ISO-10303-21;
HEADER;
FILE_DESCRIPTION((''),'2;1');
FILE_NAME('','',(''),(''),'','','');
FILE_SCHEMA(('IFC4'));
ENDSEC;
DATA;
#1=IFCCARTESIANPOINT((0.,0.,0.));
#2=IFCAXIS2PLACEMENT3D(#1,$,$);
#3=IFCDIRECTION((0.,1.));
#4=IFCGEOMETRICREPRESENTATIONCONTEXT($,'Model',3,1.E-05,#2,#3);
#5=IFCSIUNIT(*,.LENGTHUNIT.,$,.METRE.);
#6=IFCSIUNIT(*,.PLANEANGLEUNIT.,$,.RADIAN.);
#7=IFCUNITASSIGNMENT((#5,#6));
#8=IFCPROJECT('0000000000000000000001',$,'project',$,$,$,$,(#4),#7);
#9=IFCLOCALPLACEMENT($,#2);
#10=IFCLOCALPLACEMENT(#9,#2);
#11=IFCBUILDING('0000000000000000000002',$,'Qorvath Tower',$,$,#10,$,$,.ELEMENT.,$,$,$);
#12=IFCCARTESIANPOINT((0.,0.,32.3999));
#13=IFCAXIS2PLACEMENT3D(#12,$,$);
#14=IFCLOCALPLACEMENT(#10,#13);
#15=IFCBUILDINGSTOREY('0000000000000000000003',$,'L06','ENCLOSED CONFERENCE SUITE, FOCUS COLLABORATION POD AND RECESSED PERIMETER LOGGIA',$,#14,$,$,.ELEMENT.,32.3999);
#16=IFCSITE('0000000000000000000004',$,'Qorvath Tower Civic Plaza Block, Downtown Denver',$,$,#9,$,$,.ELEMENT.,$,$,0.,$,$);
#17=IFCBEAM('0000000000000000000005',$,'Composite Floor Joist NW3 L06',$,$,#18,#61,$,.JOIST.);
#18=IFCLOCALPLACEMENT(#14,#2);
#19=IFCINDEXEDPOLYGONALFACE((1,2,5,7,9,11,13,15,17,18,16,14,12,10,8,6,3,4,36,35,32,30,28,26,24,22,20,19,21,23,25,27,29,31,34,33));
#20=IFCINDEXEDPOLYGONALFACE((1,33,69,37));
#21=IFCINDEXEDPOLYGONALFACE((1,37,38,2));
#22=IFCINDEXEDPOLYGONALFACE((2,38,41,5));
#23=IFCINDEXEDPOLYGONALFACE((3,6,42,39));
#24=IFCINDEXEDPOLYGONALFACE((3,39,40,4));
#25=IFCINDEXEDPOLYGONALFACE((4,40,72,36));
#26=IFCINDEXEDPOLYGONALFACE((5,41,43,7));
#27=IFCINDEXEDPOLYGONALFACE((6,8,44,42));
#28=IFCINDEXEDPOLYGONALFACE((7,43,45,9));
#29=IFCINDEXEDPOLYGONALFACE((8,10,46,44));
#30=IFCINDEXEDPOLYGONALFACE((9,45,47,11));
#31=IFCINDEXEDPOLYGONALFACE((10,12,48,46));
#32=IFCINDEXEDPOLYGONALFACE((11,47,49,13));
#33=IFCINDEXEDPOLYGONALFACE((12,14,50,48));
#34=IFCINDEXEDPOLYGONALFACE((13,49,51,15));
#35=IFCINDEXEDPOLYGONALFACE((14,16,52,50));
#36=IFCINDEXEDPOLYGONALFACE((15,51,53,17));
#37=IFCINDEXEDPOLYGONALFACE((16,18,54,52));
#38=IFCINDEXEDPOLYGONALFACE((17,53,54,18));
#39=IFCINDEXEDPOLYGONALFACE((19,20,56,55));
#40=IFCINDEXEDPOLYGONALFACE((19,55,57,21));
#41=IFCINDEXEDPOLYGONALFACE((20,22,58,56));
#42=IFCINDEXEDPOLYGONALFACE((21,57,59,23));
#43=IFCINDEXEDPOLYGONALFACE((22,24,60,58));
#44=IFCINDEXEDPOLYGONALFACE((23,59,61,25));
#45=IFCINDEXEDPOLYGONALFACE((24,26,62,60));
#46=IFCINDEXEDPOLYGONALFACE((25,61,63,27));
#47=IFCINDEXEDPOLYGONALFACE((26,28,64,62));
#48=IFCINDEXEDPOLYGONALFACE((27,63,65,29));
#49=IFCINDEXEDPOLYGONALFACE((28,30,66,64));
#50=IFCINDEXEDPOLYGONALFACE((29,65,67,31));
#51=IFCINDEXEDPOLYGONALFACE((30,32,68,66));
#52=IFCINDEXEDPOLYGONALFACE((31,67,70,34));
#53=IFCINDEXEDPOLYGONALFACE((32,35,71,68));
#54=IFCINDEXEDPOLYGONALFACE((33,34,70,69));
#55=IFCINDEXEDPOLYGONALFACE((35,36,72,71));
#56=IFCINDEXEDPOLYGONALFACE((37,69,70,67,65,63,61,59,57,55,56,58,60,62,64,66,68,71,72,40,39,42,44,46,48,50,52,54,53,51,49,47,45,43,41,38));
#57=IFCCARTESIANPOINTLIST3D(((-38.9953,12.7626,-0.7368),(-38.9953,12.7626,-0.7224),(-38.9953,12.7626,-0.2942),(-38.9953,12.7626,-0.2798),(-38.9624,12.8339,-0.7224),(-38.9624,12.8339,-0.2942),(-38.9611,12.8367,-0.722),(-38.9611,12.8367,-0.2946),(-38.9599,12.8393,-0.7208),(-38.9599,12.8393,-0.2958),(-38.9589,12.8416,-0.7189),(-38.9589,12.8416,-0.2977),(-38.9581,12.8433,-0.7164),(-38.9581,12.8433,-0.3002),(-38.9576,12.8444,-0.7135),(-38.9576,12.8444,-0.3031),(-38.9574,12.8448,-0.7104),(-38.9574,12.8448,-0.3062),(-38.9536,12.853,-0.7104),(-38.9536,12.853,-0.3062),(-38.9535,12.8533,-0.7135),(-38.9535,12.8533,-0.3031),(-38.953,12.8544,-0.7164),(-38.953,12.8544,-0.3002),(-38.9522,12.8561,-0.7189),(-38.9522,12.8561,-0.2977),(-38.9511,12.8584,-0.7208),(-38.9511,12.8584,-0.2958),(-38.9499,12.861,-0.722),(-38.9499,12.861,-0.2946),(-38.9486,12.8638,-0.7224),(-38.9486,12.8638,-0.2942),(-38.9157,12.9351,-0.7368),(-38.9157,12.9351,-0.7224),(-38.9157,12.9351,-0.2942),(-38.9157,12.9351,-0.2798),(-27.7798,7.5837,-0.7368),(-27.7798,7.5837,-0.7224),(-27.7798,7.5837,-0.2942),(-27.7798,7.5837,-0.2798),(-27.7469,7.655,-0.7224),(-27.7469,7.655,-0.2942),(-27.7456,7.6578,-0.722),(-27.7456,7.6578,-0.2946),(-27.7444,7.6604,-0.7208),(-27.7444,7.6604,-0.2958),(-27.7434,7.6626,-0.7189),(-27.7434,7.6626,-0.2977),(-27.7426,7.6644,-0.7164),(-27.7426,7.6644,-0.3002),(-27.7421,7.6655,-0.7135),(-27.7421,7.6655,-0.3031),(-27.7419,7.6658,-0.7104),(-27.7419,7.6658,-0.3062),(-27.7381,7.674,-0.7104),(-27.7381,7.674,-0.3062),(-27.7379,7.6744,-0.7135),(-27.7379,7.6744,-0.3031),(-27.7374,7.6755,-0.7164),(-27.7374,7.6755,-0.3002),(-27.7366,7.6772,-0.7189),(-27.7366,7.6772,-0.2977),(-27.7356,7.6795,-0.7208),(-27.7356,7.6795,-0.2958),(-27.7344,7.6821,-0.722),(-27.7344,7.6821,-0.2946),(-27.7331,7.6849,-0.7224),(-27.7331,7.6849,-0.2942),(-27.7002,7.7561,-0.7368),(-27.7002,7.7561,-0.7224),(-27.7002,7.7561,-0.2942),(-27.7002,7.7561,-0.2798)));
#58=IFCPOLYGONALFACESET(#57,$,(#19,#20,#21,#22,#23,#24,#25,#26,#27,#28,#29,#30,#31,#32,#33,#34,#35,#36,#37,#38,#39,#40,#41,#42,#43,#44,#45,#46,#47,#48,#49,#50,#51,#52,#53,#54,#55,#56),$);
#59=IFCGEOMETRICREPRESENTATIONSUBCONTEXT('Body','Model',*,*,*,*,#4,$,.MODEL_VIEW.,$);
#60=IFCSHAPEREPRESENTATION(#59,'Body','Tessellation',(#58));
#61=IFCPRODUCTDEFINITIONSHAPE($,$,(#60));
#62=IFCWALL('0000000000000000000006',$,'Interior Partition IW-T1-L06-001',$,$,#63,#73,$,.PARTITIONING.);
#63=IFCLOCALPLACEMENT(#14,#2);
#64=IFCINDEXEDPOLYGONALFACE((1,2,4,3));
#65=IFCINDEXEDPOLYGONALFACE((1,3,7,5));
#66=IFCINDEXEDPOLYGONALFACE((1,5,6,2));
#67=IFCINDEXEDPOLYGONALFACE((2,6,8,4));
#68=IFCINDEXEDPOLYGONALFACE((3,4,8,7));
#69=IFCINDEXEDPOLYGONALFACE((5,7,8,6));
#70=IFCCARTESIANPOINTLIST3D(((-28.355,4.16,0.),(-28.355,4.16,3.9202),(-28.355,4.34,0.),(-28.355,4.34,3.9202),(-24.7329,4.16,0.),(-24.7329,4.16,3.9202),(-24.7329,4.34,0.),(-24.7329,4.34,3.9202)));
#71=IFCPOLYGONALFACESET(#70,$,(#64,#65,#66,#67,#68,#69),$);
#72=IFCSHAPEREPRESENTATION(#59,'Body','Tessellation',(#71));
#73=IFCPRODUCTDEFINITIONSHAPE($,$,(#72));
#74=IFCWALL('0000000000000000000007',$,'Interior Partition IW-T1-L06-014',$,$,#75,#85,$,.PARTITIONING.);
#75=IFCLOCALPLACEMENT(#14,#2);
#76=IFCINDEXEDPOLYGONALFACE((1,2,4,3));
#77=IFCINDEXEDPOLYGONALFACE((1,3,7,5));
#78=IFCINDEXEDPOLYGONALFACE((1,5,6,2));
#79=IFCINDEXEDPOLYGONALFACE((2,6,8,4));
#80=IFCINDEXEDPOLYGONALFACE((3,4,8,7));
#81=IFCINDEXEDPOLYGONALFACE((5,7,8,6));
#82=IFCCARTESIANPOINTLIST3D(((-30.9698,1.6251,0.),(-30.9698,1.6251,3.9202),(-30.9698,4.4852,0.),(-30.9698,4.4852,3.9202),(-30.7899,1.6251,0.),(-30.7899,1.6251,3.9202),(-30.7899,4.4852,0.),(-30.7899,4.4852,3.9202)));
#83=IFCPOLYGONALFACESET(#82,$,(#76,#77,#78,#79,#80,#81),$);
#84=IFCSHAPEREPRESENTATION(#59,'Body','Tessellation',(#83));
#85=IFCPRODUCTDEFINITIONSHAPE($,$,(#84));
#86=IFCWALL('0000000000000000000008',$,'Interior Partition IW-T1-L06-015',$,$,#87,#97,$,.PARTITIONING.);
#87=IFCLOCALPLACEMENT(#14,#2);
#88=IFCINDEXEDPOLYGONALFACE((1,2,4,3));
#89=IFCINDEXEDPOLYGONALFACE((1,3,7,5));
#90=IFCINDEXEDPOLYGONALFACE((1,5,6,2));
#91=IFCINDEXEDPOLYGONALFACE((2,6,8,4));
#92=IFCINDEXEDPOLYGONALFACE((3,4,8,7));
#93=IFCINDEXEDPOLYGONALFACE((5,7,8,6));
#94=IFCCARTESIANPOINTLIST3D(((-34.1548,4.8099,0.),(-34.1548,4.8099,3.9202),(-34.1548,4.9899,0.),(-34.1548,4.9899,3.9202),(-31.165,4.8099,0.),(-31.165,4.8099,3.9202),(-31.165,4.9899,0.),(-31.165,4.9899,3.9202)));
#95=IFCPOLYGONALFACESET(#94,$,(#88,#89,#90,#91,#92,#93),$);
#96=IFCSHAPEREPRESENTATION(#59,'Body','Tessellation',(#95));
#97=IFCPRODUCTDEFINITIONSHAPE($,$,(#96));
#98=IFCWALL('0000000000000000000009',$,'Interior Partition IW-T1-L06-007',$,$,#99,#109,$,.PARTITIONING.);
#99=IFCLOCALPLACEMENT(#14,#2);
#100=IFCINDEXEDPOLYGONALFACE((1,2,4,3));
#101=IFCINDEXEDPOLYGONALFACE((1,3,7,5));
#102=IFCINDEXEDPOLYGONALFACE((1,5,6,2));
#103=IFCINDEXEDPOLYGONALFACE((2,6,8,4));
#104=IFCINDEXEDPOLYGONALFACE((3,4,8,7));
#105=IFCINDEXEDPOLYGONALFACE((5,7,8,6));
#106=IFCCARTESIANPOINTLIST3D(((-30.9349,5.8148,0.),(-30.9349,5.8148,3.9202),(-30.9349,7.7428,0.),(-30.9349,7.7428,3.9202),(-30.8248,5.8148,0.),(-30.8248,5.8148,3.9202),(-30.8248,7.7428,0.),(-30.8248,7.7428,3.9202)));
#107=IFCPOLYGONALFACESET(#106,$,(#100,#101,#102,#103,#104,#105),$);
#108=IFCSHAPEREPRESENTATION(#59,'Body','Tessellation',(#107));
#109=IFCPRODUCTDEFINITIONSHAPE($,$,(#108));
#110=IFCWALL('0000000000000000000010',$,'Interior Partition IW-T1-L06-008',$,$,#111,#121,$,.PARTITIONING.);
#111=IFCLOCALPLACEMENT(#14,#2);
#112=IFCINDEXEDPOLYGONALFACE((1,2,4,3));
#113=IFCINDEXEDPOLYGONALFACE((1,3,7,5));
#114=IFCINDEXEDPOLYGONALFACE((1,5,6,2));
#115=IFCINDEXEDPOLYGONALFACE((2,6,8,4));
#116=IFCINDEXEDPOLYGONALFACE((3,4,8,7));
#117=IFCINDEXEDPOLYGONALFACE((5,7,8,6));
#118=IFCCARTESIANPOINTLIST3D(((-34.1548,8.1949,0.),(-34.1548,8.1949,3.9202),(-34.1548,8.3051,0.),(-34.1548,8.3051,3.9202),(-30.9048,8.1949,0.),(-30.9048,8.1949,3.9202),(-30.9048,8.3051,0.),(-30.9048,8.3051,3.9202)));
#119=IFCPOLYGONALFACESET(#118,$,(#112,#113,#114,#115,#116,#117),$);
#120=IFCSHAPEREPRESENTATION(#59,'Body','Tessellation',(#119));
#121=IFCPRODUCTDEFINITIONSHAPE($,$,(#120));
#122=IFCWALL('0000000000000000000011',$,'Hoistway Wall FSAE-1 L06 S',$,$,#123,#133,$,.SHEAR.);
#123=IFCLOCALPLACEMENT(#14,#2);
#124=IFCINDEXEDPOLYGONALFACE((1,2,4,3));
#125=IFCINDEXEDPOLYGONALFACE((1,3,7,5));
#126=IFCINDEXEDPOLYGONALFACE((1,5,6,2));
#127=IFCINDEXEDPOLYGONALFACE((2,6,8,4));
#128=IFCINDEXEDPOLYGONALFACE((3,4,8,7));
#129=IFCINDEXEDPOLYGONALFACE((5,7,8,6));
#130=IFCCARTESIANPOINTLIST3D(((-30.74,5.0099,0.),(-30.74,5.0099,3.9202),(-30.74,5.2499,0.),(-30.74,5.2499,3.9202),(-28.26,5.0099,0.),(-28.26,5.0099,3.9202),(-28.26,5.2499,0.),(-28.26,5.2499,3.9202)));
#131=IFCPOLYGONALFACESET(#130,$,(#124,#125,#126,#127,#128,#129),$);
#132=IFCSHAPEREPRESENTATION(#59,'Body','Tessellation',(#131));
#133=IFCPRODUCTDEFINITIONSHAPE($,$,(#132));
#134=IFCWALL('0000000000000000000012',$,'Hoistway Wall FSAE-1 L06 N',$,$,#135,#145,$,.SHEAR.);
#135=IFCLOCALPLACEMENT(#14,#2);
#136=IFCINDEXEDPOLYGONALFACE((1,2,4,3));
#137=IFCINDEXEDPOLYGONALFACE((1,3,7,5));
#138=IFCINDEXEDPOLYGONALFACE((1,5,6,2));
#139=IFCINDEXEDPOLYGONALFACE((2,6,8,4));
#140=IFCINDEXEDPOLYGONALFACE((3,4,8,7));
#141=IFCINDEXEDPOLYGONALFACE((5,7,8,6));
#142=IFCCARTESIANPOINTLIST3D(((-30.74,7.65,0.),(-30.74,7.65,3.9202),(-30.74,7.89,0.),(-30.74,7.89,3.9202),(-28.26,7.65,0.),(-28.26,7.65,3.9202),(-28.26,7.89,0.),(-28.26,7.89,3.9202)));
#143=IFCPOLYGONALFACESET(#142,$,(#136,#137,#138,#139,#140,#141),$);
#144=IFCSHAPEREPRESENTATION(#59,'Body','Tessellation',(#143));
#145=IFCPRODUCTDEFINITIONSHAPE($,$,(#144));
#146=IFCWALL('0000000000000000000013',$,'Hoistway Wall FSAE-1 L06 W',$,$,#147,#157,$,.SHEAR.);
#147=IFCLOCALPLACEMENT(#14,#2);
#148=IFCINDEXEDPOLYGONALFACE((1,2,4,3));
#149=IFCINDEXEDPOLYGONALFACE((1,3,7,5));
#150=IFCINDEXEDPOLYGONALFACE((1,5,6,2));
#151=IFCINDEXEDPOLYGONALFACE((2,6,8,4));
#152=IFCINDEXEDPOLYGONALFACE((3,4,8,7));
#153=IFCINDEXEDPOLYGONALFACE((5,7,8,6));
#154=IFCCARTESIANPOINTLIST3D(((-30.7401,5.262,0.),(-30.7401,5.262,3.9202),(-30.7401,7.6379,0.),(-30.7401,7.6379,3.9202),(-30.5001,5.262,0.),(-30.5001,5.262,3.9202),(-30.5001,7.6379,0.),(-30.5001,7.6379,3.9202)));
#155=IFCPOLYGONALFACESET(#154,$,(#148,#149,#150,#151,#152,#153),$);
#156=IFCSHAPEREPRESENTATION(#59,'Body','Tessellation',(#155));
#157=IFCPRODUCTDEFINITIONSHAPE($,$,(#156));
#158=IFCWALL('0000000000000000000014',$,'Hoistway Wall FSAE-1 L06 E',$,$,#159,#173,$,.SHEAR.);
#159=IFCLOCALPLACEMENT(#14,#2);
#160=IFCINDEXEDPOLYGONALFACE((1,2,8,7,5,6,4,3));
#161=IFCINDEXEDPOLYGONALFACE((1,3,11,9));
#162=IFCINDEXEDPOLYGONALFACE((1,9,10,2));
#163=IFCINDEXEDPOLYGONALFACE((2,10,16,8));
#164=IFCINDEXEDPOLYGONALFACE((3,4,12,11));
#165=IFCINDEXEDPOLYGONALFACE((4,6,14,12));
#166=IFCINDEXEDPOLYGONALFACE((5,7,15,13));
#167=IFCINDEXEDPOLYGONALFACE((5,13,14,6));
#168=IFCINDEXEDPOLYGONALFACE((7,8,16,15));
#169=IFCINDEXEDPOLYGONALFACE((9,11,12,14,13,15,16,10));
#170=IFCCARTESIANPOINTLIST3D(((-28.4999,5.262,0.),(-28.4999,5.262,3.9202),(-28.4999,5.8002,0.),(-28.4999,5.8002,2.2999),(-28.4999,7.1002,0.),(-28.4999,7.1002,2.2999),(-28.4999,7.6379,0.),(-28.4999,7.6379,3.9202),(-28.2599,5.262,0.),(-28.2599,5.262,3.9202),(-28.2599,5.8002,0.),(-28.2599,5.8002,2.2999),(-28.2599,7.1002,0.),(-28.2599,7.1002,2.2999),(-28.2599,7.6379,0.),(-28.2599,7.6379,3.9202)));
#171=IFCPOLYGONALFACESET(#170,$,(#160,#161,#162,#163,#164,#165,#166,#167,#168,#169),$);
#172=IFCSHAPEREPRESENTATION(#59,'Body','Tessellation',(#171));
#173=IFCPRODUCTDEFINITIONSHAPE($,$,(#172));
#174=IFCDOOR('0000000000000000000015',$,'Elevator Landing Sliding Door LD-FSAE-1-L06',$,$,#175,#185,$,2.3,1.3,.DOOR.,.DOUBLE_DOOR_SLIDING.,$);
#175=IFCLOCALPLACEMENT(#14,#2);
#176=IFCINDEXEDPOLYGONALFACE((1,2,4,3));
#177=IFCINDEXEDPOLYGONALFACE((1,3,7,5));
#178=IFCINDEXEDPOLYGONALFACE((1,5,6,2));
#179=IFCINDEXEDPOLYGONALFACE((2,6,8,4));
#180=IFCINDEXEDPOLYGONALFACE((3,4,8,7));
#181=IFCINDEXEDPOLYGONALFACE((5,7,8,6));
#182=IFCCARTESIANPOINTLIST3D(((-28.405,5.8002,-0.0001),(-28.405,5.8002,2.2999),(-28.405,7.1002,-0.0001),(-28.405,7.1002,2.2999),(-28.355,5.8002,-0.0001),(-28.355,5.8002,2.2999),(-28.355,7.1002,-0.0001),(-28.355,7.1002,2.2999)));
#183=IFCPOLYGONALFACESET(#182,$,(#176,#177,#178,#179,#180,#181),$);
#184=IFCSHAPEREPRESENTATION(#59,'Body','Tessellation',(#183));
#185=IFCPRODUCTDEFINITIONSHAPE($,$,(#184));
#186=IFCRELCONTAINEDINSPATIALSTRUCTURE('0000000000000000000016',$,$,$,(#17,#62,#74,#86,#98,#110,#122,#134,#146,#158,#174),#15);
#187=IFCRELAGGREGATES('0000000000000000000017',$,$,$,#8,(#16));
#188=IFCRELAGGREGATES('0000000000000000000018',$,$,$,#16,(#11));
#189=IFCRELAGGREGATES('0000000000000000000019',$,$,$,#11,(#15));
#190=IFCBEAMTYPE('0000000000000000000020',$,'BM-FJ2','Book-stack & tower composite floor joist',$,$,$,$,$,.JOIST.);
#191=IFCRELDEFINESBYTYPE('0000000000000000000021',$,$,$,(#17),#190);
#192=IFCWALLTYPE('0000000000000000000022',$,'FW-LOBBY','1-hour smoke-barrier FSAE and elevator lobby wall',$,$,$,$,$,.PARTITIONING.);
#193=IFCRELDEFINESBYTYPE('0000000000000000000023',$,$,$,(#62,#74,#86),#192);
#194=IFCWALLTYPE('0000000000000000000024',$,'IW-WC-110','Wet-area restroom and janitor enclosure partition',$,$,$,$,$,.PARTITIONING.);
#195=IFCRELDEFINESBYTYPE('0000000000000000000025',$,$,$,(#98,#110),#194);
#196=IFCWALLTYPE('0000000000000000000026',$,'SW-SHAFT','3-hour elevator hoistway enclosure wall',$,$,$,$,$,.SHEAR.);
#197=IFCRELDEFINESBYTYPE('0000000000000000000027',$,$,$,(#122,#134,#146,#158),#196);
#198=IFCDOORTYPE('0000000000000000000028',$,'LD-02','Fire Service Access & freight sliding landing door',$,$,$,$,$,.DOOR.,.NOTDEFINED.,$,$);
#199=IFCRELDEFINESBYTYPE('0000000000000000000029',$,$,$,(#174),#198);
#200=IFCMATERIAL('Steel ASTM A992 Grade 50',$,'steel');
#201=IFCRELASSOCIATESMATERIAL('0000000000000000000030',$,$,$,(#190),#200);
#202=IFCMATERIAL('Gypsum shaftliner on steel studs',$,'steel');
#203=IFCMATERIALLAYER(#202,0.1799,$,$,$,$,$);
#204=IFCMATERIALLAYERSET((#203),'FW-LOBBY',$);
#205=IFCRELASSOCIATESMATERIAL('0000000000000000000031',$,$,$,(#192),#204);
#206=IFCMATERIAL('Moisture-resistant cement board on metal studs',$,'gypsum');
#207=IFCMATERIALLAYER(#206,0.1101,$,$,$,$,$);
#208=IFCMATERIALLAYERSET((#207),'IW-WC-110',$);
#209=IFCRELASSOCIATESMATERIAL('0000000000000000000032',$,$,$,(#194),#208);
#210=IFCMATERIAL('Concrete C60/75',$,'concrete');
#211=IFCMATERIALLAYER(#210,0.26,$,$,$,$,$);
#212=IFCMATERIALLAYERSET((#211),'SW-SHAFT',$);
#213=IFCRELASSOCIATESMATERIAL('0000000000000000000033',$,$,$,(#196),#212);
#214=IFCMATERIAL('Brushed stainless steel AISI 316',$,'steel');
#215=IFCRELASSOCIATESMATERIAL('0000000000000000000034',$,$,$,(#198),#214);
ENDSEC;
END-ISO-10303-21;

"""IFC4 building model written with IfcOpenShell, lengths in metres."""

from ifc_helpers import new_model, si_unit, direction, frame, frame_2d, origin, origin_2d, place, context, subcontext, project, spatial, rectangle, i_section, extrude, material, layer, layer_set, material_profile, profile_set, type_object, element, fill, save


model = new_model("IFC4")

# Units and contexts
model_context = context("Model", 3, precision=1e-05, world=origin(), true_north=direction((0.0, 1.0)))
body_context = subcontext(model_context, "Body", "Model", "MODEL_VIEW")
ifc_project = project(units=[si_unit("LENGTHUNIT", "METRE"), si_unit("PLANEANGLEUNIT", "RADIAN")], contexts=[model_context])

# Site, building, storey
site_placement = place(None, origin())
site = spatial("IfcSite", under=ifc_project, at=site_placement, Name="Qorvath Tower Civic Plaza Block, Downtown Denver", CompositionType="ELEMENT", RefElevation=0.0)
building_placement = place(site_placement, origin())
building = spatial("IfcBuilding", under=site, at=building_placement, Name="Qorvath Tower", CompositionType="ELEMENT")
storey_placement = place(building_placement, frame((0.0, 0.0, 32.3999)))
storey = spatial("IfcBuildingStorey", under=building, at=storey_placement, Name="L06", Description="ENCLOSED CONFERENCE SUITE, FOCUS COLLABORATION POD AND RECESSED PERIMETER LOGGIA", CompositionType="ELEMENT", Elevation=32.3999)

# Beam
ifc_material_1 = material(Name="Steel ASTM A992 Grade 50", Category="steel")
ifc_material_profile_1 = material_profile(ifc_material_1, i_section(OverallWidth=0.1899, OverallDepth=0.457, WebThickness=0.009, FlangeThickness=0.0144, FilletRadius=0.012, at=origin_2d()), Name="W18x50")
ifc_profile_set_1 = profile_set([ifc_material_profile_1], Name="Steel ASTM A992 Grade 50")
beam_type_1 = type_object("IfcBeamType", Name="BM-FJ2", Description="Book-stack & tower composite floor joist", PredefinedType="JOIST", material=ifc_profile_set_1)
beam_1_placement = place(storey_placement, frame((-27.74, 7.6699, -0.5083), z_axis=(-0.907881, 0.419227, 0.0), x_axis=(-0.419227, -0.907881, 0.0)))
element("IfcBeam", 1, at=beam_1_placement, inside=storey, type_object=beam_type_1, Name="Composite Floor Joist NW3 L06", PredefinedType="JOIST", context=body_context, shape_type="SweptSolid", body=[
    extrude(i_section(OverallWidth=0.1899, OverallDepth=0.457, WebThickness=0.009, FlangeThickness=0.0144, FilletRadius=0.012, at=origin_2d()), origin(), (0.0, 0.0, 1.0), 12.3535),
])

# Wall
ifc_material_2 = material(Name="Gypsum shaftliner on steel studs", Category="steel")
ifc_layer_1 = layer(ifc_material_2, 0.1799)
ifc_layer_set_1 = layer_set([ifc_layer_1], Name="FW-LOBBY")
wall_type_1 = type_object("IfcWallType", Name="FW-LOBBY", Description="1-hour smoke-barrier FSAE and elevator lobby wall", PredefinedType="PARTITIONING", material=ifc_layer_set_1)
wall_1_placement = place(storey_placement, frame((-28.355, 4.25, 0.0), z_axis=(0.0, 0.0, 1.0), x_axis=(1.0, 0.0, 0.0)))
element("IfcWall", 2, at=wall_1_placement, inside=storey, type_object=wall_type_1, Name="Interior Partition IW-T1-L06-001", PredefinedType="PARTITIONING", context=body_context, shape_type="SweptSolid", body=[
    extrude(rectangle(XDim=3.6221, YDim=0.1799, at=frame_2d((1.811, 0.0))), origin(), (0.0, 0.0, 1.0), 3.9202),
])

# Walls
wall_2_placement = place(storey_placement, frame((-30.8799, 1.625, 0.0), z_axis=(0.0, 0.0, 1.0), x_axis=(0.0, 1.0, 0.0)))
element("IfcWall", 3, at=wall_2_placement, inside=storey, type_object=wall_type_1, Name="Interior Partition IW-T1-L06-014", PredefinedType="PARTITIONING", context=body_context, shape_type="SweptSolid", body=[
    extrude(rectangle(XDim=2.8601, YDim=0.1799, at=frame_2d((1.4302, 0.0))), origin(), (0.0, 0.0, 1.0), 3.9202),
])
wall_3_placement = place(storey_placement, frame((-31.165, 4.8999, 0.0), z_axis=(0.0, 0.0, 1.0), x_axis=(-1.0, 0.0, 0.0)))
element("IfcWall", 4, at=wall_3_placement, inside=storey, type_object=wall_type_1, Name="Interior Partition IW-T1-L06-015", PredefinedType="PARTITIONING", context=body_context, shape_type="SweptSolid", body=[
    extrude(rectangle(XDim=2.9897, YDim=0.1799, at=frame_2d((1.4949, 0.0))), origin(), (0.0, 0.0, 1.0), 3.9202),
])
ifc_material_3 = material(Name="Moisture-resistant cement board on metal studs", Category="gypsum")
ifc_layer_2 = layer(ifc_material_3, 0.1101)
ifc_layer_set_2 = layer_set([ifc_layer_2], Name="IW-WC-110")
wall_type_2 = type_object("IfcWallType", Name="IW-WC-110", Description="Wet-area restroom and janitor enclosure partition", PredefinedType="PARTITIONING", material=ifc_layer_set_2)
wall_4_placement = place(storey_placement, frame((-30.8799, 5.8149, 0.0), z_axis=(0.0, 0.0, 1.0), x_axis=(0.0, 1.0, 0.0)))
element("IfcWall", 5, at=wall_4_placement, inside=storey, type_object=wall_type_2, Name="Interior Partition IW-T1-L06-007", PredefinedType="PARTITIONING", context=body_context, shape_type="SweptSolid", body=[
    extrude(rectangle(XDim=1.928, YDim=0.1101, at=frame_2d((0.9639, 0.0))), origin(), (0.0, 0.0, 1.0), 3.9202),
])
wall_5_placement = place(storey_placement, frame((-30.9048, 8.25, 0.0), z_axis=(0.0, 0.0, 1.0), x_axis=(-1.0, 0.0, 0.0)))
element("IfcWall", 6, at=wall_5_placement, inside=storey, type_object=wall_type_2, Name="Interior Partition IW-T1-L06-008", PredefinedType="PARTITIONING", context=body_context, shape_type="SweptSolid", body=[
    extrude(rectangle(XDim=3.25, YDim=0.1101, at=frame_2d((1.625, 0.0))), origin(), (0.0, 0.0, 1.0), 3.9202),
])
ifc_material_4 = material(Name="Concrete C60/75", Category="concrete")
ifc_layer_3 = layer(ifc_material_4, 0.26)
ifc_layer_set_3 = layer_set([ifc_layer_3], Name="SW-SHAFT")
wall_type_3 = type_object("IfcWallType", Name="SW-SHAFT", Description="3-hour elevator hoistway enclosure wall", PredefinedType="SHEAR", material=ifc_layer_set_3)
for number, where, z_axis, x_axis, name in (
    (7, (-28.26, 5.1299, 0.0), (0.0, 0.0, 1.0), (-1.0, 0.0, 0.0), "Hoistway Wall FSAE-1 L06 S"),
    (8, (-30.74, 7.77, 0.0), (0.0, 0.0, 1.0), (1.0, 0.0, 0.0), "Hoistway Wall FSAE-1 L06 N"),
):
    element("IfcWall", number, at=place(storey_placement, frame(where, z_axis=z_axis, x_axis=x_axis)), inside=storey, type_object=wall_type_3, Name=name, PredefinedType="SHEAR", context=body_context, shape_type="SweptSolid", body=[
        extrude(rectangle(XDim=2.48, YDim=0.24, at=frame_2d((1.24, 0.0))), origin(), (0.0, 0.0, 1.0), 3.9202),
    ])
wall_6_placement = place(storey_placement, frame((-30.6201, 5.262, 0.0), z_axis=(0.0, 0.0, 1.0), x_axis=(0.0, 1.0, 0.0)))
element("IfcWall", 9, at=wall_6_placement, inside=storey, type_object=wall_type_3, Name="Hoistway Wall FSAE-1 L06 W", PredefinedType="SHEAR", context=body_context, shape_type="SweptSolid", body=[
    extrude(rectangle(XDim=2.376, YDim=0.24, at=frame_2d((1.188, 0.0))), origin(), (0.0, 0.0, 1.0), 3.9202),
])

# Wall, opening, door
wall_7_placement = place(storey_placement, frame((-28.3799, 7.6379, 0.0), z_axis=(0.0, 0.0, 1.0), x_axis=(0.0, -1.0, 0.0)))
wall_7 = element("IfcWall", 10, at=wall_7_placement, inside=storey, type_object=wall_type_3, Name="Hoistway Wall FSAE-1 L06 E", PredefinedType="SHEAR", context=body_context, shape_type="SweptSolid", body=[
    extrude(rectangle(XDim=2.376, YDim=0.24, at=frame_2d((1.188, 0.0))), origin(), (0.0, 0.0, 1.0), 3.9202),
])
opening_1_placement = place(wall_7_placement, frame((0.5378, 0.0, 0.0)))
opening_1 = element("IfcOpeningElement", 11, at=opening_1_placement, cuts=wall_7, PredefinedType="OPENING", context=body_context, shape_type="SweptSolid", body=[
    extrude(rectangle(XDim=1.3, YDim=2.3, at=frame_2d((0.6499, 1.1499))), frame((0.0, 0.1299, 0.0), z_axis=(0.0, -1.0, 0.0), x_axis=(1.0, 0.0, 0.0)), (0.0, 0.0, 1.0), 0.26),
])
ifc_material_5 = material(Name="Brushed stainless steel AISI 316", Category="steel")
door_type_1 = type_object("IfcDoorType", Name="LD-02", Description="Fire Service Access & freight sliding landing door", OperationType="NOTDEFINED", PredefinedType="DOOR", material=ifc_material_5)
door_1_placement = place(opening_1_placement, origin())
door_1 = element("IfcDoor", 12, at=door_1_placement, inside=storey, type_object=door_type_1, Name="Elevator Landing Sliding Door LD-FSAE-1-L06", OperationType="DOUBLE_DOOR_SLIDING", OverallHeight=2.3, OverallWidth=1.3, PredefinedType="DOOR", context=body_context, shape_type="SweptSolid", body=[
    extrude(rectangle(XDim=1.3, YDim=2.3, at=frame_2d((0.6499, 1.1499))), frame((0.0, 0.0249, 0.0), z_axis=(0.0, -1.0, 0.0), x_axis=(1.0, 0.0, 0.0)), (0.0, 0.0, 1.0), 0.05),
])
fill(opening_1, door_1)

save(model, "model.ifc")
